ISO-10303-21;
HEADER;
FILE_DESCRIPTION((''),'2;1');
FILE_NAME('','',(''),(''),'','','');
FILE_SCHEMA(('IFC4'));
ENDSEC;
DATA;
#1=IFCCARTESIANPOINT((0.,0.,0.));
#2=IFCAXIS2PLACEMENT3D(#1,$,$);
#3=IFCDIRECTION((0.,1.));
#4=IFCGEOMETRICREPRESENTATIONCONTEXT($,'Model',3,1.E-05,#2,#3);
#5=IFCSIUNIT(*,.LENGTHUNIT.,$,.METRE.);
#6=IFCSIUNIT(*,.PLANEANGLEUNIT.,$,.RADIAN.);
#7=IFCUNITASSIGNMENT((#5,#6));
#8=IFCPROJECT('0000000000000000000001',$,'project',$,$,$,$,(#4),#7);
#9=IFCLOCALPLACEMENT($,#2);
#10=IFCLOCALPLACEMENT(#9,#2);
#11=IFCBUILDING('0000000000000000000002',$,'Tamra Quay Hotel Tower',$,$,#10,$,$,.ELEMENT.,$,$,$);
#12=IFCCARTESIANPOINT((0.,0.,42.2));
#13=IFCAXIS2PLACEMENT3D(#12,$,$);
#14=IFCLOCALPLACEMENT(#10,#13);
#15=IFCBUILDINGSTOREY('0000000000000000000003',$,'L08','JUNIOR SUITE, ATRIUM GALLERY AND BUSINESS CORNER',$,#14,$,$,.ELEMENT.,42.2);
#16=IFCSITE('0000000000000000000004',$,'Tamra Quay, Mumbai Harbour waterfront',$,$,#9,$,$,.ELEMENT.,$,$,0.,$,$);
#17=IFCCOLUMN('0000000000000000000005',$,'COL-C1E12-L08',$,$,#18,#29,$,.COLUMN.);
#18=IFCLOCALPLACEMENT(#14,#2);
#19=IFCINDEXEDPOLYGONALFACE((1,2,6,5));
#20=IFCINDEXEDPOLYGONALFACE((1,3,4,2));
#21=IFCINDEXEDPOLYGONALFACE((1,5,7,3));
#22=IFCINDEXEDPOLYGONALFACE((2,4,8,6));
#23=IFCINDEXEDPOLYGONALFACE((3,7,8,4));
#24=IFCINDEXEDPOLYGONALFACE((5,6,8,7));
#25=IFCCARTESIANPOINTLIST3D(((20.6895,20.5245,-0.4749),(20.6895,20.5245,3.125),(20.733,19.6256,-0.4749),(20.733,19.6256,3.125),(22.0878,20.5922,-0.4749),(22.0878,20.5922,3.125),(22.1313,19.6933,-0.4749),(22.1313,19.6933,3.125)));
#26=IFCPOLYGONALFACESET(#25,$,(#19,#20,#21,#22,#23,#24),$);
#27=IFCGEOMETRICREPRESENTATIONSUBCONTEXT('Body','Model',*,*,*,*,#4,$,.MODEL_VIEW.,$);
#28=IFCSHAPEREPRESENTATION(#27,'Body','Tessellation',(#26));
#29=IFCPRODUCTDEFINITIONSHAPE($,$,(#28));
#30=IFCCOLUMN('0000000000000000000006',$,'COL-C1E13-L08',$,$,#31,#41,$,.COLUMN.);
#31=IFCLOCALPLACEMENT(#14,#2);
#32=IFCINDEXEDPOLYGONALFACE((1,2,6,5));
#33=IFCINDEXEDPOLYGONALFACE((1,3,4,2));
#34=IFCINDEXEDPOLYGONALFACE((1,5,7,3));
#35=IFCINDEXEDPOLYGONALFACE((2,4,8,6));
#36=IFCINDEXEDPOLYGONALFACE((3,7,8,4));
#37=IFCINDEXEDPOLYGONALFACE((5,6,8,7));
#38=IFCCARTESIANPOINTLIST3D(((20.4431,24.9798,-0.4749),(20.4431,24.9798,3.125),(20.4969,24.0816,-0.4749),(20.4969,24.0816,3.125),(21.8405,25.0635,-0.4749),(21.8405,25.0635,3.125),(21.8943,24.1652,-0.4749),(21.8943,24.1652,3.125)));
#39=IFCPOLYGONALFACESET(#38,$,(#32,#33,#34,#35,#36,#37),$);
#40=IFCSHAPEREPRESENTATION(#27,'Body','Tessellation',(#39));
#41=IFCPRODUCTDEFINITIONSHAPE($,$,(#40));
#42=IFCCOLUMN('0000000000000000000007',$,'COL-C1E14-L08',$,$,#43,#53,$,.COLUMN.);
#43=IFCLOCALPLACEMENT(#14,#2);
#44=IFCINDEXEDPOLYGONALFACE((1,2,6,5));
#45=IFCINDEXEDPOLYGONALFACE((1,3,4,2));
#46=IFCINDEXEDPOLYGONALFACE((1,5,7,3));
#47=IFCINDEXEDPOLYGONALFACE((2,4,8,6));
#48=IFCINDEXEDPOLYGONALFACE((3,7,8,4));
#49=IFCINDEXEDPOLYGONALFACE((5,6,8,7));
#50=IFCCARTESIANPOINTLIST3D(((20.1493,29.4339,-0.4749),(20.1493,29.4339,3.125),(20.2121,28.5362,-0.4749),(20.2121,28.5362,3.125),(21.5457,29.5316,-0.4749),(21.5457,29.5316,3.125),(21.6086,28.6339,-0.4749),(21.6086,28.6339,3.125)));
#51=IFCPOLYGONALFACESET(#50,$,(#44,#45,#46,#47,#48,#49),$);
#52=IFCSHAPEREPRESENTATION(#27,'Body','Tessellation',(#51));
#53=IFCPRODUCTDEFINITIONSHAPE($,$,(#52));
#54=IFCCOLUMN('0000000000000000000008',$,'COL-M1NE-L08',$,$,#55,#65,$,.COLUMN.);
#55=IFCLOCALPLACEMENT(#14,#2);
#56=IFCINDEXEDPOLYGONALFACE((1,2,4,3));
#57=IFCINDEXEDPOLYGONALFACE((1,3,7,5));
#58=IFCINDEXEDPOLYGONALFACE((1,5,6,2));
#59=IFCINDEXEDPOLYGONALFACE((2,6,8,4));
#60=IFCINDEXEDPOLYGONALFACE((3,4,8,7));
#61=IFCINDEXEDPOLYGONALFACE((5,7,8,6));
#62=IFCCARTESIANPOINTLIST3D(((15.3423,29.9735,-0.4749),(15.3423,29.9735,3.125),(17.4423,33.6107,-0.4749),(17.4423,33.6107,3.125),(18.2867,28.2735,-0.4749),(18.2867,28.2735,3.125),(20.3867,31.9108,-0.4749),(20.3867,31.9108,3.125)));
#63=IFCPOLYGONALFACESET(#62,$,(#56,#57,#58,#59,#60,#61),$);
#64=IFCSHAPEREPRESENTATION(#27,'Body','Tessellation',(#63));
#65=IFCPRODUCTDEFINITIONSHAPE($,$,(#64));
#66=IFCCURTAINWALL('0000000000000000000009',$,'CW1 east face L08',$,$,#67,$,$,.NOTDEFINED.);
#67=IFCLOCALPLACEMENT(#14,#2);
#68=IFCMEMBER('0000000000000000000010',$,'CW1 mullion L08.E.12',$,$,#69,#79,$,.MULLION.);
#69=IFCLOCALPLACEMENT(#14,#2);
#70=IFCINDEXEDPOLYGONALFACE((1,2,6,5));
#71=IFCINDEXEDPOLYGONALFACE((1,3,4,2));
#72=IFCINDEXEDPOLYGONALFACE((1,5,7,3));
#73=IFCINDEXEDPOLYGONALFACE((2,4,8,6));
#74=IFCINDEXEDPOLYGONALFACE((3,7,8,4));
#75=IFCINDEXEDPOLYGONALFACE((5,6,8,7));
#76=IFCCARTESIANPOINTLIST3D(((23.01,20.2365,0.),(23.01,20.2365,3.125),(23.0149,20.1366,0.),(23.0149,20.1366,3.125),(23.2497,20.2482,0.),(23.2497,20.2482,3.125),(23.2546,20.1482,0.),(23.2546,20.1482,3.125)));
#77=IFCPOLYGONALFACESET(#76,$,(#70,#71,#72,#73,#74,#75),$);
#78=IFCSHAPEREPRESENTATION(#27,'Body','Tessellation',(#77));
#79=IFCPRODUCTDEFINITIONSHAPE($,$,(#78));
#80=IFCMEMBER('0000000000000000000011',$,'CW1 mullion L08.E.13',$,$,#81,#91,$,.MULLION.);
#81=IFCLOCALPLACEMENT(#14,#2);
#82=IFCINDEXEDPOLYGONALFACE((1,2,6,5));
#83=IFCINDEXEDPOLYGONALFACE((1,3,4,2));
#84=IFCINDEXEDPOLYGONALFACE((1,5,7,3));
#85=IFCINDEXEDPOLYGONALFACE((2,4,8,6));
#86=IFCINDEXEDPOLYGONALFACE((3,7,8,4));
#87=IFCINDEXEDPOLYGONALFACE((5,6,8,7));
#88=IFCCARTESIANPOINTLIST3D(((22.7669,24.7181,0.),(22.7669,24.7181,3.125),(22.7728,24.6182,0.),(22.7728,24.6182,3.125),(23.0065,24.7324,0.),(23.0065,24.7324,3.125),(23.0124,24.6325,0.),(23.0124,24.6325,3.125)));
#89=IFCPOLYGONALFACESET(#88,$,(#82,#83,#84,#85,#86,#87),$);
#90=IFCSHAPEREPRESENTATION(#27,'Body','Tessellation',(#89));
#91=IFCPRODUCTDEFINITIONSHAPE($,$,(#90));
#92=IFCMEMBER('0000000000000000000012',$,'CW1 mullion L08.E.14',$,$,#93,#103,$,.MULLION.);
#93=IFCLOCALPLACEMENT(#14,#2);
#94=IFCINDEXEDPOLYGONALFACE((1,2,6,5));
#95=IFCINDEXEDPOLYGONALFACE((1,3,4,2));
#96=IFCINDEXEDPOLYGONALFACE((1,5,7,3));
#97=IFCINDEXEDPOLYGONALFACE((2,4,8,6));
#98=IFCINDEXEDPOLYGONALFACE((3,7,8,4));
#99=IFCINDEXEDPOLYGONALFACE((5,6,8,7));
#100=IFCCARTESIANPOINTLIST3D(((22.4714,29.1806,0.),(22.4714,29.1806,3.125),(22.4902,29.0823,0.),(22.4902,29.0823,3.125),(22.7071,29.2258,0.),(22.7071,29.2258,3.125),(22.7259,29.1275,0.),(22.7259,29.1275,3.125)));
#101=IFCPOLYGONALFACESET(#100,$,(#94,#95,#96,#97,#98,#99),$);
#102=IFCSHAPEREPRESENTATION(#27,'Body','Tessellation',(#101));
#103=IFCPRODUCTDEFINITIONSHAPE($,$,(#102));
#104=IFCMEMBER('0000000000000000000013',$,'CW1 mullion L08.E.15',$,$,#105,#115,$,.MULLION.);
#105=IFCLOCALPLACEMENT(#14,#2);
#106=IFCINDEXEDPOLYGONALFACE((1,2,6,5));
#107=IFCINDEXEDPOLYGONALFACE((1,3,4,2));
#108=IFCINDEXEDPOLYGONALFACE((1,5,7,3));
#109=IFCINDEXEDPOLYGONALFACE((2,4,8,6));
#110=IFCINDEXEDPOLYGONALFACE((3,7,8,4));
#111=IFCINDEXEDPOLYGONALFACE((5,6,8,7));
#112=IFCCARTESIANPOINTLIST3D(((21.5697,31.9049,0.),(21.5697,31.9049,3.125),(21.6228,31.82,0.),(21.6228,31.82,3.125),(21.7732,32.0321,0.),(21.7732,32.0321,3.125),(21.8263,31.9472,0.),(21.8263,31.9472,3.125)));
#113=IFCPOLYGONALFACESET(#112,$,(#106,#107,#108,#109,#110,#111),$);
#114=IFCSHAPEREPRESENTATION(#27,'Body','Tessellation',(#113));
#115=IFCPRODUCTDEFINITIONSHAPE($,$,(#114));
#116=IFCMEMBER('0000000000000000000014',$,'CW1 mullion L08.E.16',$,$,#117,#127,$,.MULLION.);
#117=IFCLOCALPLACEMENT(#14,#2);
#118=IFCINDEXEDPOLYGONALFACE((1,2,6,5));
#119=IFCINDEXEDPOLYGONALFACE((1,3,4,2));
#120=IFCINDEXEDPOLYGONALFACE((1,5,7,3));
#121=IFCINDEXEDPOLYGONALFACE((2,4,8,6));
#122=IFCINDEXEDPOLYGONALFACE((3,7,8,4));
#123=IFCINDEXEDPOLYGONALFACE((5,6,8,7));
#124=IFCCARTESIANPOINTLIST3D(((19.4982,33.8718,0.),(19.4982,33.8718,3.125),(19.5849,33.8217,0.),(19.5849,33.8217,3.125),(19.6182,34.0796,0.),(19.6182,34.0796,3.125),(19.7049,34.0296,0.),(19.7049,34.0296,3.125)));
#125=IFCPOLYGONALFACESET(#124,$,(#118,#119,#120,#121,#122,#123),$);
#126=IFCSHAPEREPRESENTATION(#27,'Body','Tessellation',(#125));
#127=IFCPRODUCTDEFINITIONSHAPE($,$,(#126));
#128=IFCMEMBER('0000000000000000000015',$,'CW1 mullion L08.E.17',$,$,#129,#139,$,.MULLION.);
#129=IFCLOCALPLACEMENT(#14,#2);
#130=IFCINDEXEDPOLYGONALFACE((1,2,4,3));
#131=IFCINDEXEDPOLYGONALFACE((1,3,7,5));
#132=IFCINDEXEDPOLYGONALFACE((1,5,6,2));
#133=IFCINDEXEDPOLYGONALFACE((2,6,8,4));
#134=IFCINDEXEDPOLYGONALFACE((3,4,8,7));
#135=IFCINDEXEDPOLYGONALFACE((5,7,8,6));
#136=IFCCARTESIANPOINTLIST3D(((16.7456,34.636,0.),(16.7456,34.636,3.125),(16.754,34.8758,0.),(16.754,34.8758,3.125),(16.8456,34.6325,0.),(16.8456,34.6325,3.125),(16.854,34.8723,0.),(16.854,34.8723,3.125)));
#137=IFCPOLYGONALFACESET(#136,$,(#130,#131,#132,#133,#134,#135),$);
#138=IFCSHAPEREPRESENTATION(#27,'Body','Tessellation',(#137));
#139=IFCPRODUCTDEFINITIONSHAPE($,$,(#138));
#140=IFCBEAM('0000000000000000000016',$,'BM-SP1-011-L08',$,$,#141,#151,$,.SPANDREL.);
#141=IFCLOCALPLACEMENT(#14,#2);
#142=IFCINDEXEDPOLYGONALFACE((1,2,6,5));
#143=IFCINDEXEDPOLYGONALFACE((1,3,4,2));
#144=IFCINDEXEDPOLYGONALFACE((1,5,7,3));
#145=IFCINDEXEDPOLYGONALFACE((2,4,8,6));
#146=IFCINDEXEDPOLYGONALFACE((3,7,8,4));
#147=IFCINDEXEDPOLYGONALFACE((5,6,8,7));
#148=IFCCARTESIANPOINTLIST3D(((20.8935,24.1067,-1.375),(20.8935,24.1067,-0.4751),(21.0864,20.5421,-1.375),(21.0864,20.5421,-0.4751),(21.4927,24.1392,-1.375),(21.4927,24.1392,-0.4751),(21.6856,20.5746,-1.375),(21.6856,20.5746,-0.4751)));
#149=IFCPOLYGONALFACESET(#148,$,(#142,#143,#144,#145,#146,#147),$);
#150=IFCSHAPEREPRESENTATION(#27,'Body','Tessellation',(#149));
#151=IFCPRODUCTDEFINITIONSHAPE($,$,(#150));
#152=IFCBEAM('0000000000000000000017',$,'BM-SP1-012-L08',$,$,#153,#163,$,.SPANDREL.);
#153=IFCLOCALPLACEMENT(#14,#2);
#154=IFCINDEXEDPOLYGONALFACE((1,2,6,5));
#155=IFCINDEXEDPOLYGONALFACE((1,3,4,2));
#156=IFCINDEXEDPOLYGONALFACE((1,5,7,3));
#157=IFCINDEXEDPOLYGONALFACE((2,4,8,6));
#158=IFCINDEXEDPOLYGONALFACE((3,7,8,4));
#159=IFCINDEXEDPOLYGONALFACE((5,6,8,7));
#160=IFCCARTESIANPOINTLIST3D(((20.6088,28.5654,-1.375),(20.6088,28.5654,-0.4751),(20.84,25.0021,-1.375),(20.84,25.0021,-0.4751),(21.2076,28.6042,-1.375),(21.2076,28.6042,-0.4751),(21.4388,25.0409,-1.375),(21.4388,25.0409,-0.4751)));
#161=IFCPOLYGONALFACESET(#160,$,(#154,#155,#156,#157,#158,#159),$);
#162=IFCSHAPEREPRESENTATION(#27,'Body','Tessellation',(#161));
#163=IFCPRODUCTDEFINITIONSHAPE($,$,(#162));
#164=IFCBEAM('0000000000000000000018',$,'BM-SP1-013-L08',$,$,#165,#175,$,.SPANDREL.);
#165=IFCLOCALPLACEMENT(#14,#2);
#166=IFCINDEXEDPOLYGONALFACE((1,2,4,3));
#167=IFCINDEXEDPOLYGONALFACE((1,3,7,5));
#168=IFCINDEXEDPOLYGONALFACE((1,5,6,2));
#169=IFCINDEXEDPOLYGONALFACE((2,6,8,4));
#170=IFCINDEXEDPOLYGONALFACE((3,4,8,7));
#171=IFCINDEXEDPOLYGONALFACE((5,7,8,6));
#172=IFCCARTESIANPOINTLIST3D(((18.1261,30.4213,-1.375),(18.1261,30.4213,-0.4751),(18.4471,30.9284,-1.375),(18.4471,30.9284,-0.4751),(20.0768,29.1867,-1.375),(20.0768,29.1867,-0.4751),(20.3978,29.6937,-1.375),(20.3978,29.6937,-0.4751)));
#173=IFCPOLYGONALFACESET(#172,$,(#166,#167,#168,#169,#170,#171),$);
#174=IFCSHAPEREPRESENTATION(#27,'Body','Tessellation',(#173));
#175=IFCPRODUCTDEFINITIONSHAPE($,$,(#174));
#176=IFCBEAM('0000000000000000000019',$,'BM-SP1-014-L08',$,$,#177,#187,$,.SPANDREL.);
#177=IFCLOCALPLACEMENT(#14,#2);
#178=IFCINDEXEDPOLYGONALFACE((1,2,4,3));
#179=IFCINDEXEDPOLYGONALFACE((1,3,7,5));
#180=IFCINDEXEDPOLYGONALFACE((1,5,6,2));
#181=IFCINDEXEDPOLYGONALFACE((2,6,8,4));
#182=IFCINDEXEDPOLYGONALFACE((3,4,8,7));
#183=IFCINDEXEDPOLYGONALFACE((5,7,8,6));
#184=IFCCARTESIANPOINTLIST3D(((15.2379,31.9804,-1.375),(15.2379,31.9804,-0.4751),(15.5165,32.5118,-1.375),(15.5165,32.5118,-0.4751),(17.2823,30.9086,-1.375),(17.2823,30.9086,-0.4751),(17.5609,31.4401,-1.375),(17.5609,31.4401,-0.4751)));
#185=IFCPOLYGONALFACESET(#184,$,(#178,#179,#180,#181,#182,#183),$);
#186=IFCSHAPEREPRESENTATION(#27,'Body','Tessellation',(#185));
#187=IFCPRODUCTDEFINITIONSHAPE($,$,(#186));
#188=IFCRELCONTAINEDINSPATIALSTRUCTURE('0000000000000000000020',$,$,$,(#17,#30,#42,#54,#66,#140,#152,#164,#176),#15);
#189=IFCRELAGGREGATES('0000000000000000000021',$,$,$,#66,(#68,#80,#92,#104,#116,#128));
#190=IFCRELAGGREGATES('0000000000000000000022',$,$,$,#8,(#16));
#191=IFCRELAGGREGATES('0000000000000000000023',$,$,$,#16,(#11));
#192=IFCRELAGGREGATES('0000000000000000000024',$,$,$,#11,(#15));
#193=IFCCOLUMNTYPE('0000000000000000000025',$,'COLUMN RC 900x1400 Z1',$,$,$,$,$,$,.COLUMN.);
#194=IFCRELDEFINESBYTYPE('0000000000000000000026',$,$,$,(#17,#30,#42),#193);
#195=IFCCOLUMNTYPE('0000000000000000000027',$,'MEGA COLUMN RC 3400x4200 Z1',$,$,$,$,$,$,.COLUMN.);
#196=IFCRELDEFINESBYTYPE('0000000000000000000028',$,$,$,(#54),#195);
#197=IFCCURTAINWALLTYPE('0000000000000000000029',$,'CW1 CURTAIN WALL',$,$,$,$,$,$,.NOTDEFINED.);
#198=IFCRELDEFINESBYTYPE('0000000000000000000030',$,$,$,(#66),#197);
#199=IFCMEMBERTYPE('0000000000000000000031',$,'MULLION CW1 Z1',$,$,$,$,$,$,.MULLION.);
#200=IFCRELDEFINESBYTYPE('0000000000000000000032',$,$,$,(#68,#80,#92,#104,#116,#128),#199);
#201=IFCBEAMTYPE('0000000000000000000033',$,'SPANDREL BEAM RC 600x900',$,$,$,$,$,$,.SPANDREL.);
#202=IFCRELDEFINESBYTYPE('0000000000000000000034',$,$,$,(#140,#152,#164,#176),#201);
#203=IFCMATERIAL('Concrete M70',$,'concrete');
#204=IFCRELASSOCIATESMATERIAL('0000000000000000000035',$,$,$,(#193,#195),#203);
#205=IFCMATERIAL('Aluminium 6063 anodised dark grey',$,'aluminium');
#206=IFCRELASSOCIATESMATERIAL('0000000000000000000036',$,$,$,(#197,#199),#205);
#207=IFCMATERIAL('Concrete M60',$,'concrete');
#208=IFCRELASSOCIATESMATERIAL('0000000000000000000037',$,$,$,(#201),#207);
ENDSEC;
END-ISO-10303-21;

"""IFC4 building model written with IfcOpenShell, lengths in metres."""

from ifc_helpers import new_model, si_unit, direction, frame, origin, origin_2d, place, context, subcontext, project, spatial, rectangle, extrude, material, material_profile, profile_set, type_object, element, aggregate, save


model = new_model("IFC4")

# Units and contexts
model_context = context("Model", 3, precision=1e-05, world=origin(), true_north=direction((0.0, 1.0)))
body_context = subcontext(model_context, "Body", "Model", "MODEL_VIEW")
ifc_project = project(units=[si_unit("LENGTHUNIT", "METRE"), si_unit("PLANEANGLEUNIT", "RADIAN")], contexts=[model_context])

# Site, building, storey
site_placement = place(None, origin())
site = spatial("IfcSite", under=ifc_project, at=site_placement, Name="Tamra Quay, Mumbai Harbour waterfront", CompositionType="ELEMENT", RefElevation=0.0)
building_placement = place(site_placement, origin())
building = spatial("IfcBuilding", under=site, at=building_placement, Name="Tamra Quay Hotel Tower", CompositionType="ELEMENT")
storey_placement = place(building_placement, frame((0.0, 0.0, 42.2)))
storey = spatial("IfcBuildingStorey", under=building, at=storey_placement, Name="L08", Description="JUNIOR SUITE, ATRIUM GALLERY AND BUSINESS CORNER", CompositionType="ELEMENT", Elevation=42.2)

# Columns
ifc_material_1 = material(Name="Concrete M70", Category="concrete")
ifc_material_profile_1 = material_profile(ifc_material_1, rectangle(XDim=1.3999, YDim=0.8999, at=origin_2d()), Name="COLUMN RC 900x1400 Z1")
ifc_profile_set_1 = profile_set([ifc_material_profile_1], Name="Concrete M70")
column_type_1 = type_object("IfcColumnType", Name="COLUMN RC 900x1400 Z1", PredefinedType="COLUMN", material=ifc_profile_set_1)
for number, where, z_axis, x_axis, name in (
    (1, (21.4104, 20.1089, -0.4749), (0.0, 0.0, 1.0), (0.998831, 0.048344, 0.0), "COL-C1E12-L08"),
    (2, (21.1687, 24.5725, -0.4749), (0.0, 0.0, 1.0), (0.998214, 0.059733, 0.0), "COL-C1E13-L08"),
    (3, (20.8789, 29.0339, -0.4749), (0.0, 0.0, 1.0), (0.997562, 0.06979, 0.0), "COL-C1E14-L08"),
):
    element("IfcColumn", number, at=place(storey_placement, frame(where, z_axis=z_axis, x_axis=x_axis)), inside=storey, type_object=column_type_1, Name=name, PredefinedType="COLUMN", context=body_context, shape_type="SweptSolid", body=[
        extrude(rectangle(XDim=1.3999, YDim=0.8999, at=origin_2d()), origin(), (0.0, 0.0, 1.0), 3.5999),
    ])
ifc_material_profile_2 = material_profile(ifc_material_1, rectangle(XDim=4.2, YDim=3.3999, at=origin_2d()), Name="MEGA COLUMN RC 3400x4200 Z1")
ifc_profile_set_2 = profile_set([ifc_material_profile_2], Name="Concrete M70")
column_type_2 = type_object("IfcColumnType", Name="MEGA COLUMN RC 3400x4200 Z1", PredefinedType="COLUMN", material=ifc_profile_set_2)
column_placement = place(storey_placement, frame((17.8645, 30.9421, -0.4749), z_axis=(0.0, 0.0, 1.0), x_axis=(0.5, 0.866025, 0.0)))
element("IfcColumn", 4, at=column_placement, inside=storey, type_object=column_type_2, Name="COL-M1NE-L08", PredefinedType="COLUMN", context=body_context, shape_type="SweptSolid", body=[
    extrude(rectangle(XDim=4.2, YDim=3.3999, at=origin_2d()), origin(), (0.0, 0.0, 1.0), 3.5999),
])

# Curtain wall, members
ifc_material_2 = material(Name="Aluminium 6063 anodised dark grey", Category="aluminium")
curtain_wall_type = type_object("IfcCurtainWallType", Name="CW1 CURTAIN WALL", PredefinedType="NOTDEFINED", material=ifc_material_2)
curtain_wall_placement = place(storey_placement, origin())
curtain_wall = element("IfcCurtainWall", 5, at=curtain_wall_placement, inside=storey, type_object=curtain_wall_type, Name="CW1 east face L08", PredefinedType="NOTDEFINED")
ifc_material_profile_3 = material_profile(ifc_material_2, rectangle(XDim=0.24, YDim=0.1001, at=origin_2d()), Name="MULLION 100X240")
ifc_profile_set_3 = profile_set([ifc_material_profile_3], Name="Aluminium 6063 anodised dark grey")
member_type_1 = type_object("IfcMemberType", Name="MULLION CW1 Z1", PredefinedType="MULLION", material=ifc_profile_set_3)
member_1_placement = place(storey_placement, frame((23.1323, 20.1924, 0.0), z_axis=(0.0, 0.0, 1.0), x_axis=(0.998815, 0.048675, 0.0)))
member_1 = element("IfcMember", 6, at=member_1_placement, type_object=member_type_1, Name="CW1 mullion L08.E.12", PredefinedType="MULLION", context=body_context, shape_type="SweptSolid", body=[
    extrude(rectangle(XDim=0.24, YDim=0.1001, at=origin_2d()), origin(), (0.0, 0.0, 1.0), 3.125),
])
member_2_placement = place(storey_placement, frame((22.8896, 24.6753, 0.0), z_axis=(0.0, 0.0, 1.0), x_axis=(0.998232, 0.059439, 0.0)))
member_2 = element("IfcMember", 7, at=member_2_placement, type_object=member_type_1, Name="CW1 mullion L08.E.13", PredefinedType="MULLION", context=body_context, shape_type="SweptSolid", body=[
    extrude(rectangle(XDim=0.24, YDim=0.1001, at=origin_2d()), origin(), (0.0, 0.0, 1.0), 3.125),
])
member_3_placement = place(storey_placement, frame((22.5986, 29.1541, 0.0), z_axis=(0.0, 0.0, 1.0), x_axis=(0.982095, 0.188389, 0.0)))
member_3 = element("IfcMember", 8, at=member_3_placement, type_object=member_type_1, Name="CW1 mullion L08.E.14", PredefinedType="MULLION", context=body_context, shape_type="SweptSolid", body=[
    extrude(rectangle(XDim=0.24, YDim=0.1001, at=origin_2d()), origin(), (0.0, 0.0, 1.0), 3.125),
])
member_4_placement = place(storey_placement, frame((21.698, 31.926, 0.0), z_axis=(0.0, 0.0, 1.0), x_axis=(0.848039, 0.529933, 0.0)))
member_4 = element("IfcMember", 9, at=member_4_placement, type_object=member_type_1, Name="CW1 mullion L08.E.15", PredefinedType="MULLION", context=body_context, shape_type="SweptSolid", body=[
    extrude(rectangle(XDim=0.24, YDim=0.1001, at=origin_2d()), origin(), (0.0, 0.0, 1.0), 3.125),
])
member_5_placement = place(storey_placement, frame((19.6016, 33.9507, 0.0), z_axis=(0.0, 0.0, 1.0), x_axis=(0.5, 0.866025, 0.0)))
member_5 = element("IfcMember", 10, at=member_5_placement, type_object=member_type_1, Name="CW1 mullion L08.E.16", PredefinedType="MULLION", context=body_context, shape_type="SweptSolid", body=[
    extrude(rectangle(XDim=0.24, YDim=0.1001, at=origin_2d()), origin(), (0.0, 0.0, 1.0), 3.125),
])
member_6_placement = place(storey_placement, frame((16.7998, 34.7542, 0.0), z_axis=(0.0, 0.0, 1.0), x_axis=(0.034916, 0.99939, 0.0)))
member_6 = element("IfcMember", 11, at=member_6_placement, type_object=member_type_1, Name="CW1 mullion L08.E.17", PredefinedType="MULLION", context=body_context, shape_type="SweptSolid", body=[
    extrude(rectangle(XDim=0.24, YDim=0.1001, at=origin_2d()), origin(), (0.0, 0.0, 1.0), 3.125),
])

# Beams
ifc_material_3 = material(Name="Concrete M60", Category="concrete")
ifc_material_profile_4 = material_profile(ifc_material_3, rectangle(XDim=0.6001, YDim=0.8999, at=origin_2d()), Name="SPANDREL BEAM RC 600x900")
ifc_profile_set_4 = profile_set([ifc_material_profile_4], Name="Concrete M60")
beam_type = type_object("IfcBeamType", Name="SPANDREL BEAM RC 600x900", PredefinedType="SPANDREL", material=ifc_profile_set_4)
beam_1_placement = place(storey_placement, frame((21.386, 20.5583, -0.925), z_axis=(-0.054027, 0.998539, 0.0), x_axis=(-0.998539, -0.054027, 0.0)))
element("IfcBeam", 12, at=beam_1_placement, inside=storey, type_object=beam_type, Name="BM-SP1-011-L08", PredefinedType="SPANDREL", context=body_context, shape_type="SweptSolid", body=[
    extrude(rectangle(XDim=0.6001, YDim=0.8999, at=origin_2d()), origin(), (0.0, 0.0, 1.0), 3.5698),
])
beam_2_placement = place(storey_placement, frame((21.1394, 25.0215, -0.925), z_axis=(-0.064749, 0.997902, 0.0), x_axis=(-0.997902, -0.064749, 0.0)))
element("IfcBeam", 13, at=beam_2_placement, inside=storey, type_object=beam_type, Name="BM-SP1-012-L08", PredefinedType="SPANDREL", context=body_context, shape_type="SweptSolid", body=[
    extrude(rectangle(XDim=0.6001, YDim=0.8999, at=origin_2d()), origin(), (0.0, 0.0, 1.0), 3.5708),
])
beam_3_placement = place(storey_placement, frame((20.2373, 29.4402, -0.925), z_axis=(-0.844978, 0.5348, 0.0), x_axis=(-0.5348, -0.844978, 0.0)))
element("IfcBeam", 14, at=beam_3_placement, inside=storey, type_object=beam_type, Name="BM-SP1-013-L08", PredefinedType="SPANDREL", context=body_context, shape_type="SweptSolid", body=[
    extrude(rectangle(XDim=0.6001, YDim=0.8999, at=origin_2d()), origin(), (0.0, 0.0, 1.0), 2.3086),
])
beam_4_placement = place(storey_placement, frame((17.4216, 31.1743, -0.925), z_axis=(-0.885674, 0.464307, 0.0), x_axis=(-0.464307, -0.885674, 0.0)))
element("IfcBeam", 15, at=beam_4_placement, inside=storey, type_object=beam_type, Name="BM-SP1-014-L08", PredefinedType="SPANDREL", context=body_context, shape_type="SweptSolid", body=[
    extrude(rectangle(XDim=0.6001, YDim=0.8999, at=origin_2d()), origin(), (0.0, 0.0, 1.0), 2.3083),
])

aggregate(curtain_wall, [member_1, member_2, member_3, member_4, member_5, member_6])

save(model, "model.ifc")
